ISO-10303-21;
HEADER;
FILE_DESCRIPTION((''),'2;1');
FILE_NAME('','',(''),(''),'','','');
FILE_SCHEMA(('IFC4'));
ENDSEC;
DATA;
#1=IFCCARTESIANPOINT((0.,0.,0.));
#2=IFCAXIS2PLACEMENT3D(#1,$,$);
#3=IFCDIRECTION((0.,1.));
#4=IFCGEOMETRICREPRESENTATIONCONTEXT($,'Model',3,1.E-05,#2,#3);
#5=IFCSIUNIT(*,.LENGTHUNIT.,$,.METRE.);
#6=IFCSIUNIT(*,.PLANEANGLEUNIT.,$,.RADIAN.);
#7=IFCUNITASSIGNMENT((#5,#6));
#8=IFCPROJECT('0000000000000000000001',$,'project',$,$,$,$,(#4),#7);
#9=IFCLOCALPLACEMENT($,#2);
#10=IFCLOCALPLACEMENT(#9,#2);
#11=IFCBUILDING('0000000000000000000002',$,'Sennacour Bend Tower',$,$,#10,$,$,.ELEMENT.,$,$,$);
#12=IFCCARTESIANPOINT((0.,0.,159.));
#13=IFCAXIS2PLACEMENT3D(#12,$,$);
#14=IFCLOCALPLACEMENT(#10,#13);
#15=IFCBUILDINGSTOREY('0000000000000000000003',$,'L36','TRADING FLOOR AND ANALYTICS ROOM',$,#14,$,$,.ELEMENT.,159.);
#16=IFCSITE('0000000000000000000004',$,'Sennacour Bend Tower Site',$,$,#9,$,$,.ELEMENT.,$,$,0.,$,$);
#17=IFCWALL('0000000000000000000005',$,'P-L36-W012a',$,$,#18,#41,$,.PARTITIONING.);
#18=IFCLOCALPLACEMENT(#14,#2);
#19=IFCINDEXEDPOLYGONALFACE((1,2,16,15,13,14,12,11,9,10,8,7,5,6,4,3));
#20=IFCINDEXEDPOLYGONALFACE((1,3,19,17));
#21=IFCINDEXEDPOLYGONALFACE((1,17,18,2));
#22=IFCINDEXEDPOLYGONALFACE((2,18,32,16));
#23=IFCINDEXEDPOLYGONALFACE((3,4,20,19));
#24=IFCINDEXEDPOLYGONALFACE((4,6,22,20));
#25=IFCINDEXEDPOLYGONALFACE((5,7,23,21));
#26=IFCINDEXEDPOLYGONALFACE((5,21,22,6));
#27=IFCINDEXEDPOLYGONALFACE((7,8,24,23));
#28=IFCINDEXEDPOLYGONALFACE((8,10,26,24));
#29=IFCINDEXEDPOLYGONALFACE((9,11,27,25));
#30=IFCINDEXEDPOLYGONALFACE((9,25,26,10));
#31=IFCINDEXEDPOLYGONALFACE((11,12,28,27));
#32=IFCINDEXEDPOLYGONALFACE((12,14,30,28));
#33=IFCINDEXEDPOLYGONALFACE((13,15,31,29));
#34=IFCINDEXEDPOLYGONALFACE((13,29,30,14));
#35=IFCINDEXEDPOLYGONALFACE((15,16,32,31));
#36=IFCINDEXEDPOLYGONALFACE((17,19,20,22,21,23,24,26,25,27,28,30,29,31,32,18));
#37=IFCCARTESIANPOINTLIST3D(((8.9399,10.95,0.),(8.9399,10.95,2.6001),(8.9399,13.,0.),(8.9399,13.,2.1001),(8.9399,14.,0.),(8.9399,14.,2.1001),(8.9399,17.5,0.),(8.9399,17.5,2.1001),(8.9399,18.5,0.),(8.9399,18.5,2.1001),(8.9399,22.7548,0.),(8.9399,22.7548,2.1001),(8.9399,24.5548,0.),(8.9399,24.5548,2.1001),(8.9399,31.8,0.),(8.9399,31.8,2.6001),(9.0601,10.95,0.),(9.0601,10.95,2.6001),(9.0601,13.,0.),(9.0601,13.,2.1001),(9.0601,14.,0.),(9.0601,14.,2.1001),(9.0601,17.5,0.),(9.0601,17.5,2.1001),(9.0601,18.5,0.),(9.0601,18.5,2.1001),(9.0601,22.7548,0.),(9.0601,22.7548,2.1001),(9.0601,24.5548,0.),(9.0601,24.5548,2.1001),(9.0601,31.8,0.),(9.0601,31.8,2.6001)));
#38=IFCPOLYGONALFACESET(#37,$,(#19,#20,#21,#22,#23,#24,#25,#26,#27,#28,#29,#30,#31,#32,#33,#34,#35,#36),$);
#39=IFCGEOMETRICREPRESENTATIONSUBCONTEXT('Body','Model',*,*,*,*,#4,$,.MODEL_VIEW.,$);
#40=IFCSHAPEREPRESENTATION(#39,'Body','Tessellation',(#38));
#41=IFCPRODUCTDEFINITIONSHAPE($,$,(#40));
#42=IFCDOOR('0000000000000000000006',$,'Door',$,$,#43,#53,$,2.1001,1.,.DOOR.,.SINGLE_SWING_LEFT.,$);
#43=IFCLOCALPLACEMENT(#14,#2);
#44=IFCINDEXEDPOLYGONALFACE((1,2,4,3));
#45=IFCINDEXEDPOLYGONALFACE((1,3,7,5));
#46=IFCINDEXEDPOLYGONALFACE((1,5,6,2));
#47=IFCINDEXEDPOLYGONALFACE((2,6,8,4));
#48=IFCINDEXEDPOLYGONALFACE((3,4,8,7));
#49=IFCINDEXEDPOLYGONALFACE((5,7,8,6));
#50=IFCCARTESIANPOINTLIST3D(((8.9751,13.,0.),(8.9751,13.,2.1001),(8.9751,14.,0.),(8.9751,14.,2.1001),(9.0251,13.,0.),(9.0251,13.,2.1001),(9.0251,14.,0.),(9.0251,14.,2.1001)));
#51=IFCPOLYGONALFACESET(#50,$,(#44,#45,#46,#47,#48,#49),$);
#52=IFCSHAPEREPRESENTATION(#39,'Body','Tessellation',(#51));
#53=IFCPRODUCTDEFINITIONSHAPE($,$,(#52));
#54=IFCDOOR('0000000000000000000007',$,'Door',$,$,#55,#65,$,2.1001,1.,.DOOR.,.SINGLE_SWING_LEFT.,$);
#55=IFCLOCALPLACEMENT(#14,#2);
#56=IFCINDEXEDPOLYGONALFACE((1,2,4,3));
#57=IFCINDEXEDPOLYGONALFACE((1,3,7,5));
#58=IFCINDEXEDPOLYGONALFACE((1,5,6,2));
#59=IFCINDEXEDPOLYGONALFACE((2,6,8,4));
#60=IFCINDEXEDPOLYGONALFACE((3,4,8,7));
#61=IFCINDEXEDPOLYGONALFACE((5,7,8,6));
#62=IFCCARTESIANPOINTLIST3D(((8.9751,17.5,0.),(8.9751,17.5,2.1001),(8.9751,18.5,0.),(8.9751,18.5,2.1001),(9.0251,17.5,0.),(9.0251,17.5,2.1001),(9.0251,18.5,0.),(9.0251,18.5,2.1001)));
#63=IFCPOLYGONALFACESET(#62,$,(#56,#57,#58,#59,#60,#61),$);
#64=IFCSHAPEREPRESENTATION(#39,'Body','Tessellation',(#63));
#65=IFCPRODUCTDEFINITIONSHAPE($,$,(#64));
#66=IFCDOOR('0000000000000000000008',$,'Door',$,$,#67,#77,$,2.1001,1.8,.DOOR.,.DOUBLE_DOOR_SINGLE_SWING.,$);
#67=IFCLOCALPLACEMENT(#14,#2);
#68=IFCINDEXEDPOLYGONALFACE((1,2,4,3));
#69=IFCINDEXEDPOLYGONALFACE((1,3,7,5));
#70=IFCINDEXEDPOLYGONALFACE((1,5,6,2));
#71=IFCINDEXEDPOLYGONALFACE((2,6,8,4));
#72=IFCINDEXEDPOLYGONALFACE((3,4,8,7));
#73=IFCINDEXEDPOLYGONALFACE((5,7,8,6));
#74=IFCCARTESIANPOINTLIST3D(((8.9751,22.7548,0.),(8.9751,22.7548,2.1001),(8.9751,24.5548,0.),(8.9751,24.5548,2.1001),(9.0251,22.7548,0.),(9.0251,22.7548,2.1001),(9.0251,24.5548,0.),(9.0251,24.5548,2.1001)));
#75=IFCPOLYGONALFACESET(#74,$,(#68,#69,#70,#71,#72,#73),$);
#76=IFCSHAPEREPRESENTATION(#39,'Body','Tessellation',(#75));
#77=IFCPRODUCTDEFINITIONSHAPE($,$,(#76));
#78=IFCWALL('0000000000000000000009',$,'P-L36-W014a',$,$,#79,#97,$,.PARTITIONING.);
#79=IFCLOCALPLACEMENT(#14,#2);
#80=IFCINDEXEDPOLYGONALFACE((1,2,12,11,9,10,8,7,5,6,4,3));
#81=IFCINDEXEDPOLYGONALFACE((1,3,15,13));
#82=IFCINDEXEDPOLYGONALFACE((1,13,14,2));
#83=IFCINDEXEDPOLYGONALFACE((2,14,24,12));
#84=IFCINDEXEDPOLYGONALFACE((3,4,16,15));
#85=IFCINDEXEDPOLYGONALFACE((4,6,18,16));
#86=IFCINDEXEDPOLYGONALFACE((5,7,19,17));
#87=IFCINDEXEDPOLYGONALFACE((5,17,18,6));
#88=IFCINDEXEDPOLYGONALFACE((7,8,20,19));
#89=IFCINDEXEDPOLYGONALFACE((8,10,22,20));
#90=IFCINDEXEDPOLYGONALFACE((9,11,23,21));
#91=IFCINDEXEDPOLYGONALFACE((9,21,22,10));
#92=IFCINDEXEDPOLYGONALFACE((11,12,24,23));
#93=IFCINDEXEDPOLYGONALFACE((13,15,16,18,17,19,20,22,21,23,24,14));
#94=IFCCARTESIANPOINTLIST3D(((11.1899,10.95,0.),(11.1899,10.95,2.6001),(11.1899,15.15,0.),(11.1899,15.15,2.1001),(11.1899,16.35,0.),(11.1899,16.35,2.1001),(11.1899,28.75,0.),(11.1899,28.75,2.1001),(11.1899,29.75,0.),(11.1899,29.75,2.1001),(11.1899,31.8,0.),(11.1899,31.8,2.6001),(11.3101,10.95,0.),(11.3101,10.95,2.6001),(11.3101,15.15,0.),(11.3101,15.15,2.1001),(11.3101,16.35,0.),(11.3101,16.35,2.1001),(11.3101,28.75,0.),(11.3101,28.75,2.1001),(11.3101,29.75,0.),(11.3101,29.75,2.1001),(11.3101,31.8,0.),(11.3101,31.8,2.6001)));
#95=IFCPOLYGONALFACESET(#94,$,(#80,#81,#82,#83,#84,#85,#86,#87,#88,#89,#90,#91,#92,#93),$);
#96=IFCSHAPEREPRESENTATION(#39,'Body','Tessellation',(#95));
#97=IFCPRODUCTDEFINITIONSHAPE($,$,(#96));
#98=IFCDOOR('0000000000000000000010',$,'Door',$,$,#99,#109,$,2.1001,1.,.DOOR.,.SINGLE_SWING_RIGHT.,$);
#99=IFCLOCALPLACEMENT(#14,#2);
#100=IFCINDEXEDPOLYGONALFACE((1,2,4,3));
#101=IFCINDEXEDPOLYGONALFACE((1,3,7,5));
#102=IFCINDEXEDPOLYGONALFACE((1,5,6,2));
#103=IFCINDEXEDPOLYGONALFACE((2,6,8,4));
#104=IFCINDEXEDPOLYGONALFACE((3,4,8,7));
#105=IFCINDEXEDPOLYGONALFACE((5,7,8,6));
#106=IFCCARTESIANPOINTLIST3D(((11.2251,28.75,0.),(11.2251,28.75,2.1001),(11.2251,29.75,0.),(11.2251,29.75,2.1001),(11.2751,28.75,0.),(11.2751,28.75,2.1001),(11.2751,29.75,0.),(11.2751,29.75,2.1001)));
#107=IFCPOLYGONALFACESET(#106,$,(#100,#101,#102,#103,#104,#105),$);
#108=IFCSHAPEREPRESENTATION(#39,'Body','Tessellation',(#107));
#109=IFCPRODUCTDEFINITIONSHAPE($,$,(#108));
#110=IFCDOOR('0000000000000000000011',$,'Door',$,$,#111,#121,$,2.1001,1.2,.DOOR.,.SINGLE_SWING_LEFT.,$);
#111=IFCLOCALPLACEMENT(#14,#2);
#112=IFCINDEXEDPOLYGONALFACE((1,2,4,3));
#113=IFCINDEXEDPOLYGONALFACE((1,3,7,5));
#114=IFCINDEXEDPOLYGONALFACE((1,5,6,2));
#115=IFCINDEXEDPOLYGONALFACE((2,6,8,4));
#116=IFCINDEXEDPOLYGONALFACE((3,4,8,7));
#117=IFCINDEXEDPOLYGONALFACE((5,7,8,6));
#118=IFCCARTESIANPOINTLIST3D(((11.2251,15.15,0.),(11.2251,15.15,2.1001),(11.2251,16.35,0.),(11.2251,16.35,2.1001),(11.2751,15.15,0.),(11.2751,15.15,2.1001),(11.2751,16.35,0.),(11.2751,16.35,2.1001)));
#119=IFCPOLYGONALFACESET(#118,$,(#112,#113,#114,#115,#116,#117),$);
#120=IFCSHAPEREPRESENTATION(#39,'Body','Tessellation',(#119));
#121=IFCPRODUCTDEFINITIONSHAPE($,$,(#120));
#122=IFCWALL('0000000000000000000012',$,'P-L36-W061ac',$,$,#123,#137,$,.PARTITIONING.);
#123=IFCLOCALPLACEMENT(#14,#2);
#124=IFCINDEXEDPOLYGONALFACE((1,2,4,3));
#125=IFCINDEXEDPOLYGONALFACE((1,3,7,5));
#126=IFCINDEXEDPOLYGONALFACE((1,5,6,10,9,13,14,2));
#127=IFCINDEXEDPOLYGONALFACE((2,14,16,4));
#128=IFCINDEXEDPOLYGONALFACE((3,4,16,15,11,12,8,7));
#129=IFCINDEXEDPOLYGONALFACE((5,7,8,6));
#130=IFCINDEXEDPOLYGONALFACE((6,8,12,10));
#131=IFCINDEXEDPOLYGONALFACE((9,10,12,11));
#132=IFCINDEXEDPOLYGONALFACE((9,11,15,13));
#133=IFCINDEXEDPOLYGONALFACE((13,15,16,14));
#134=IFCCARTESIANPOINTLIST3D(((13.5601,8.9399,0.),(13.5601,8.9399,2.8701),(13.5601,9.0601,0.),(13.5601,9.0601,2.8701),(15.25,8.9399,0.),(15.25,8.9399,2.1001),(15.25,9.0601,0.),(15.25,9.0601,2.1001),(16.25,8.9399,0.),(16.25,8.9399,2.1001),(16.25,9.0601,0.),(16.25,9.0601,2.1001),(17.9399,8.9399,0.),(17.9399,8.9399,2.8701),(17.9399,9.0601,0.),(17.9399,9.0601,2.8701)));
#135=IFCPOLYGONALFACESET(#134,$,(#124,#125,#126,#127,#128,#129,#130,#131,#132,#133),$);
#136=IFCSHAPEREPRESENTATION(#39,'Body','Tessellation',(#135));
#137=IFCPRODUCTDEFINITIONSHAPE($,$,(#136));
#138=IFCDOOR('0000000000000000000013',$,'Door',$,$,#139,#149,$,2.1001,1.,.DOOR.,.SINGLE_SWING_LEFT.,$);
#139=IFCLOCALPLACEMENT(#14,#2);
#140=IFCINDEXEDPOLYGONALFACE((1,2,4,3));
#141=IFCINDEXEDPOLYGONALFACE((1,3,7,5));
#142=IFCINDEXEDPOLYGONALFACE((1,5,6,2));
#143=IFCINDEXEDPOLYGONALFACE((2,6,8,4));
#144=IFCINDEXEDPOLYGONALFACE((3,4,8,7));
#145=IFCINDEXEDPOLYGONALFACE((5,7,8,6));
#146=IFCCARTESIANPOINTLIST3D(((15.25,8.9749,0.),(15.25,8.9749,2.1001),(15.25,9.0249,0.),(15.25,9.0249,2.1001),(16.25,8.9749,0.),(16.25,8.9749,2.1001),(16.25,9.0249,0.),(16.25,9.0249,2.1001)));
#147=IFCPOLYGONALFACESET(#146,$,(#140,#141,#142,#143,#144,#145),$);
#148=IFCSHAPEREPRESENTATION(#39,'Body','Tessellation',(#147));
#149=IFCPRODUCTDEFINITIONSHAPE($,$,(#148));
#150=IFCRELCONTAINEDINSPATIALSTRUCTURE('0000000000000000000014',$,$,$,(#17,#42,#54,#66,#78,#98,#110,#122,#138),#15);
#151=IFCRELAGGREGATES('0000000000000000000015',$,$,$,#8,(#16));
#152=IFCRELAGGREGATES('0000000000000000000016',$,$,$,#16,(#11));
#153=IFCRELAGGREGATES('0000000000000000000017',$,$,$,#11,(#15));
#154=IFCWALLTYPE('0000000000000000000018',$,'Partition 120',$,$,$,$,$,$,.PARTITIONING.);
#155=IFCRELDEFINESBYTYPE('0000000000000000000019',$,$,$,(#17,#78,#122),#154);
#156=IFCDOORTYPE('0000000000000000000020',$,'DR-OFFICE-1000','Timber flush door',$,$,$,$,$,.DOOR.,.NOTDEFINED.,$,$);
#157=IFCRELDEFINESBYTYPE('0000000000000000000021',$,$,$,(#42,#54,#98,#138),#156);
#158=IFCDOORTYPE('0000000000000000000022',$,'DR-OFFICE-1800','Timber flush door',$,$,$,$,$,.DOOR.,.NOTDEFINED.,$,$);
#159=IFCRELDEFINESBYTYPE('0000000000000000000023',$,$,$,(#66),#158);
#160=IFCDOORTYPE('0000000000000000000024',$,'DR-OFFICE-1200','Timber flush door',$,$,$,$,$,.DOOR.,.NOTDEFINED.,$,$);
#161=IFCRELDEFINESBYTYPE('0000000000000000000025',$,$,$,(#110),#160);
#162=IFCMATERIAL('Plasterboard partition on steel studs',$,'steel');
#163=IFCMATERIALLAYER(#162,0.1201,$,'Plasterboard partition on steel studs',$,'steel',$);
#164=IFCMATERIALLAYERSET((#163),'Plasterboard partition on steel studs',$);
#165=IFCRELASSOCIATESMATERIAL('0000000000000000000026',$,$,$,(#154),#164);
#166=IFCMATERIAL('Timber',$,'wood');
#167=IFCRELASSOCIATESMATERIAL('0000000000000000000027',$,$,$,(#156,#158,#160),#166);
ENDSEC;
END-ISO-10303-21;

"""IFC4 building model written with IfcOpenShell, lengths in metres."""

from ifc_helpers import new_model, si_unit, direction, frame, frame_2d, origin, place, context, subcontext, project, spatial, rectangle, extrude, material, layer, layer_set, type_object, element, fill, save


model = new_model("IFC4")

# Units and contexts
model_context = context("Model", 3, precision=1e-05, world=origin(), true_north=direction((0.0, 1.0)))
body_context = subcontext(model_context, "Body", "Model", "MODEL_VIEW")
ifc_project = project(units=[si_unit("LENGTHUNIT", "METRE"), si_unit("PLANEANGLEUNIT", "RADIAN")], contexts=[model_context])

# Site, building, storey
site_placement = place(None, origin())
site = spatial("IfcSite", under=ifc_project, at=site_placement, Name="Sennacour Bend Tower Site", CompositionType="ELEMENT", RefElevation=0.0)
building_placement = place(site_placement, origin())
building = spatial("IfcBuilding", under=site, at=building_placement, Name="Sennacour Bend Tower", CompositionType="ELEMENT")
storey_placement = place(building_placement, frame((0.0, 0.0, 159.0)))
storey = spatial("IfcBuildingStorey", under=building, at=storey_placement, Name="L36", Description="TRADING FLOOR AND ANALYTICS ROOM", CompositionType="ELEMENT", Elevation=159.0)

# Walls, openings, doors
ifc_material_1 = material(Name="Plasterboard partition on steel studs", Category="steel")
ifc_layer_1 = layer(ifc_material_1, 0.1201, Name="Plasterboard partition on steel studs", Category="steel")
ifc_layer_set_1 = layer_set([ifc_layer_1], Name="Plasterboard partition on steel studs")
wall_type_1 = type_object("IfcWallType", Name="Partition 120", PredefinedType="PARTITIONING", material=ifc_layer_set_1)
wall_1_placement = place(storey_placement, frame((9.0, 10.95, 0.0), z_axis=(0.0, 0.0, 1.0), x_axis=(0.0, 1.0, 0.0)))
wall_1 = element("IfcWall", 1, at=wall_1_placement, inside=storey, type_object=wall_type_1, Name="P-L36-W012a", PredefinedType="PARTITIONING", context=body_context, shape_type="SweptSolid", body=[
    extrude(rectangle(XDim=20.8501, YDim=0.1201, at=frame_2d((10.425, 0.0))), origin(), (0.0, 0.0, 1.0), 2.6001),
])
opening_1_placement = place(wall_1_placement, frame((2.05, 0.0, 0.0)))
opening_1 = element("IfcOpeningElement", 2, at=opening_1_placement, cuts=wall_1, PredefinedType="OPENING", context=body_context, shape_type="SweptSolid", body=[
    extrude(rectangle(XDim=1.0, YDim=2.1001, at=frame_2d((0.5, 1.05))), frame((0.0, 0.0701, 0.0), z_axis=(0.0, -1.0, 0.0), x_axis=(1.0, 0.0, 0.0)), (0.0, 0.0, 1.0), 0.1401),
])
opening_2_placement = place(wall_1_placement, frame((6.55, 0.0, 0.0)))
opening_2 = element("IfcOpeningElement", 3, at=opening_2_placement, cuts=wall_1, PredefinedType="OPENING", context=body_context, shape_type="SweptSolid", body=[
    extrude(rectangle(XDim=1.0, YDim=2.1001, at=frame_2d((0.5, 1.05))), frame((0.0, 0.0701, 0.0), z_axis=(0.0, -1.0, 0.0), x_axis=(1.0, 0.0, 0.0)), (0.0, 0.0, 1.0), 0.1401),
])
opening_3_placement = place(wall_1_placement, frame((11.8049, 0.0, 0.0)))
opening_3 = element("IfcOpeningElement", 4, at=opening_3_placement, cuts=wall_1, PredefinedType="OPENING", context=body_context, shape_type="SweptSolid", body=[
    extrude(rectangle(XDim=1.8, YDim=2.1001, at=frame_2d((0.8999, 1.05))), frame((0.0, 0.0701, 0.0), z_axis=(0.0, -1.0, 0.0), x_axis=(1.0, 0.0, 0.0)), (0.0, 0.0, 1.0), 0.1401),
])
ifc_material_2 = material(Name="Timber", Category="wood")
door_type_1 = type_object("IfcDoorType", Name="DR-OFFICE-1000", Description="Timber flush door", OperationType="NOTDEFINED", PredefinedType="DOOR", material=ifc_material_2)
door_1_placement = place(opening_1_placement, origin())
door_1 = element("IfcDoor", 5, at=door_1_placement, inside=storey, type_object=door_type_1, Name="Door", OperationType="SINGLE_SWING_LEFT", OverallHeight=2.1001, OverallWidth=1.0, PredefinedType="DOOR", context=body_context, shape_type="SweptSolid", body=[
    extrude(rectangle(XDim=1.0, YDim=2.1001, at=frame_2d((0.5, 1.05))), frame((0.0, 0.0249, 0.0), z_axis=(0.0, -1.0, 0.0), x_axis=(1.0, 0.0, 0.0)), (0.0, 0.0, 1.0), 0.05),
])
fill(opening_1, door_1)
door_2_placement = place(opening_2_placement, origin())
door_2 = element("IfcDoor", 6, at=door_2_placement, inside=storey, type_object=door_type_1, Name="Door", OperationType="SINGLE_SWING_LEFT", OverallHeight=2.1001, OverallWidth=1.0, PredefinedType="DOOR", context=body_context, shape_type="SweptSolid", body=[
    extrude(rectangle(XDim=1.0, YDim=2.1001, at=frame_2d((0.5, 1.05))), frame((0.0, 0.0249, 0.0), z_axis=(0.0, -1.0, 0.0), x_axis=(1.0, 0.0, 0.0)), (0.0, 0.0, 1.0), 0.05),
])
fill(opening_2, door_2)
door_type_2 = type_object("IfcDoorType", Name="DR-OFFICE-1800", Description="Timber flush door", OperationType="NOTDEFINED", PredefinedType="DOOR", material=ifc_material_2)
door_3_placement = place(opening_3_placement, origin())
door_3 = element("IfcDoor", 7, at=door_3_placement, inside=storey, type_object=door_type_2, Name="Door", OperationType="DOUBLE_DOOR_SINGLE_SWING", OverallHeight=2.1001, OverallWidth=1.8, PredefinedType="DOOR", context=body_context, shape_type="SweptSolid", body=[
    extrude(rectangle(XDim=1.8, YDim=2.1001, at=frame_2d((0.8999, 1.05))), frame((0.0, 0.0249, 0.0), z_axis=(0.0, -1.0, 0.0), x_axis=(1.0, 0.0, 0.0)), (0.0, 0.0, 1.0), 0.05),
])
fill(opening_3, door_3)
wall_2_placement = place(storey_placement, frame((11.25, 10.95, 0.0), z_axis=(0.0, 0.0, 1.0), x_axis=(0.0, 1.0, 0.0)))
wall_2 = element("IfcWall", 8, at=wall_2_placement, inside=storey, type_object=wall_type_1, Name="P-L36-W014a", PredefinedType="PARTITIONING", context=body_context, shape_type="SweptSolid", body=[
    extrude(rectangle(XDim=20.8501, YDim=0.1201, at=frame_2d((10.425, 0.0))), origin(), (0.0, 0.0, 1.0), 2.6001),
])
opening_4_placement = place(wall_2_placement, frame((17.8, 0.0, 0.0)))
opening_4 = element("IfcOpeningElement", 9, at=opening_4_placement, cuts=wall_2, PredefinedType="OPENING", context=body_context, shape_type="SweptSolid", body=[
    extrude(rectangle(XDim=1.0, YDim=2.1001, at=frame_2d((0.5, 1.05))), frame((0.0, 0.0701, 0.0), z_axis=(0.0, -1.0, 0.0), x_axis=(1.0, 0.0, 0.0)), (0.0, 0.0, 1.0), 0.1401),
])
opening_5_placement = place(wall_2_placement, frame((4.2, 0.0, 0.0)))
opening_5 = element("IfcOpeningElement", 10, at=opening_5_placement, cuts=wall_2, PredefinedType="OPENING", context=body_context, shape_type="SweptSolid", body=[
    extrude(rectangle(XDim=1.2, YDim=2.1001, at=frame_2d((0.6001, 1.05))), frame((0.0, 0.0701, 0.0), z_axis=(0.0, -1.0, 0.0), x_axis=(1.0, 0.0, 0.0)), (0.0, 0.0, 1.0), 0.1401),
])
door_4_placement = place(opening_4_placement, origin())
door_4 = element("IfcDoor", 11, at=door_4_placement, inside=storey, type_object=door_type_1, Name="Door", OperationType="SINGLE_SWING_RIGHT", OverallHeight=2.1001, OverallWidth=1.0, PredefinedType="DOOR", context=body_context, shape_type="SweptSolid", body=[
    extrude(rectangle(XDim=1.0, YDim=2.1001, at=frame_2d((0.5, 1.05))), frame((0.0, 0.0249, 0.0), z_axis=(0.0, -1.0, 0.0), x_axis=(1.0, 0.0, 0.0)), (0.0, 0.0, 1.0), 0.05),
])
fill(opening_4, door_4)
door_type_3 = type_object("IfcDoorType", Name="DR-OFFICE-1200", Description="Timber flush door", OperationType="NOTDEFINED", PredefinedType="DOOR", material=ifc_material_2)
door_5_placement = place(opening_5_placement, origin())
door_5 = element("IfcDoor", 12, at=door_5_placement, inside=storey, type_object=door_type_3, Name="Door", OperationType="SINGLE_SWING_LEFT", OverallHeight=2.1001, OverallWidth=1.2, PredefinedType="DOOR", context=body_context, shape_type="SweptSolid", body=[
    extrude(rectangle(XDim=1.2, YDim=2.1001, at=frame_2d((0.6001, 1.05))), frame((0.0, 0.0249, 0.0), z_axis=(0.0, -1.0, 0.0), x_axis=(1.0, 0.0, 0.0)), (0.0, 0.0, 1.0), 0.05),
])
fill(opening_5, door_5)

# Wall, opening, door
wall_3_placement = place(storey_placement, frame((13.5601, 9.0, 0.0), z_axis=(0.0, 0.0, 1.0), x_axis=(1.0, 0.0, 0.0)))
wall_3 = element("IfcWall", 13, at=wall_3_placement, inside=storey, type_object=wall_type_1, Name="P-L36-W061ac", PredefinedType="PARTITIONING", context=body_context, shape_type="SweptSolid", body=[
    extrude(rectangle(XDim=4.3799, YDim=0.1201, at=frame_2d((2.1899, 0.0))), origin(), (0.0, 0.0, 1.0), 2.8701),
])
opening_6_placement = place(wall_3_placement, frame((1.6899, 0.0, 0.0)))
opening_6 = element("IfcOpeningElement", 14, at=opening_6_placement, cuts=wall_3, PredefinedType="OPENING", context=body_context, shape_type="SweptSolid", body=[
    extrude(rectangle(XDim=1.0, YDim=2.1001, at=frame_2d((0.5, 1.05))), frame((0.0, 0.0701, 0.0), z_axis=(0.0, -1.0, 0.0), x_axis=(1.0, 0.0, 0.0)), (0.0, 0.0, 1.0), 0.1401),
])
door_6_placement = place(opening_6_placement, origin())
door_6 = element("IfcDoor", 15, at=door_6_placement, inside=storey, type_object=door_type_1, Name="Door", OperationType="SINGLE_SWING_LEFT", OverallHeight=2.1001, OverallWidth=1.0, PredefinedType="DOOR", context=body_context, shape_type="SweptSolid", body=[
    extrude(rectangle(XDim=1.0, YDim=2.1001, at=frame_2d((0.5, 1.05))), frame((0.0, 0.0249, 0.0), z_axis=(0.0, -1.0, 0.0), x_axis=(1.0, 0.0, 0.0)), (0.0, 0.0, 1.0), 0.05),
])
fill(opening_6, door_6)

save(model, "model.ifc")
